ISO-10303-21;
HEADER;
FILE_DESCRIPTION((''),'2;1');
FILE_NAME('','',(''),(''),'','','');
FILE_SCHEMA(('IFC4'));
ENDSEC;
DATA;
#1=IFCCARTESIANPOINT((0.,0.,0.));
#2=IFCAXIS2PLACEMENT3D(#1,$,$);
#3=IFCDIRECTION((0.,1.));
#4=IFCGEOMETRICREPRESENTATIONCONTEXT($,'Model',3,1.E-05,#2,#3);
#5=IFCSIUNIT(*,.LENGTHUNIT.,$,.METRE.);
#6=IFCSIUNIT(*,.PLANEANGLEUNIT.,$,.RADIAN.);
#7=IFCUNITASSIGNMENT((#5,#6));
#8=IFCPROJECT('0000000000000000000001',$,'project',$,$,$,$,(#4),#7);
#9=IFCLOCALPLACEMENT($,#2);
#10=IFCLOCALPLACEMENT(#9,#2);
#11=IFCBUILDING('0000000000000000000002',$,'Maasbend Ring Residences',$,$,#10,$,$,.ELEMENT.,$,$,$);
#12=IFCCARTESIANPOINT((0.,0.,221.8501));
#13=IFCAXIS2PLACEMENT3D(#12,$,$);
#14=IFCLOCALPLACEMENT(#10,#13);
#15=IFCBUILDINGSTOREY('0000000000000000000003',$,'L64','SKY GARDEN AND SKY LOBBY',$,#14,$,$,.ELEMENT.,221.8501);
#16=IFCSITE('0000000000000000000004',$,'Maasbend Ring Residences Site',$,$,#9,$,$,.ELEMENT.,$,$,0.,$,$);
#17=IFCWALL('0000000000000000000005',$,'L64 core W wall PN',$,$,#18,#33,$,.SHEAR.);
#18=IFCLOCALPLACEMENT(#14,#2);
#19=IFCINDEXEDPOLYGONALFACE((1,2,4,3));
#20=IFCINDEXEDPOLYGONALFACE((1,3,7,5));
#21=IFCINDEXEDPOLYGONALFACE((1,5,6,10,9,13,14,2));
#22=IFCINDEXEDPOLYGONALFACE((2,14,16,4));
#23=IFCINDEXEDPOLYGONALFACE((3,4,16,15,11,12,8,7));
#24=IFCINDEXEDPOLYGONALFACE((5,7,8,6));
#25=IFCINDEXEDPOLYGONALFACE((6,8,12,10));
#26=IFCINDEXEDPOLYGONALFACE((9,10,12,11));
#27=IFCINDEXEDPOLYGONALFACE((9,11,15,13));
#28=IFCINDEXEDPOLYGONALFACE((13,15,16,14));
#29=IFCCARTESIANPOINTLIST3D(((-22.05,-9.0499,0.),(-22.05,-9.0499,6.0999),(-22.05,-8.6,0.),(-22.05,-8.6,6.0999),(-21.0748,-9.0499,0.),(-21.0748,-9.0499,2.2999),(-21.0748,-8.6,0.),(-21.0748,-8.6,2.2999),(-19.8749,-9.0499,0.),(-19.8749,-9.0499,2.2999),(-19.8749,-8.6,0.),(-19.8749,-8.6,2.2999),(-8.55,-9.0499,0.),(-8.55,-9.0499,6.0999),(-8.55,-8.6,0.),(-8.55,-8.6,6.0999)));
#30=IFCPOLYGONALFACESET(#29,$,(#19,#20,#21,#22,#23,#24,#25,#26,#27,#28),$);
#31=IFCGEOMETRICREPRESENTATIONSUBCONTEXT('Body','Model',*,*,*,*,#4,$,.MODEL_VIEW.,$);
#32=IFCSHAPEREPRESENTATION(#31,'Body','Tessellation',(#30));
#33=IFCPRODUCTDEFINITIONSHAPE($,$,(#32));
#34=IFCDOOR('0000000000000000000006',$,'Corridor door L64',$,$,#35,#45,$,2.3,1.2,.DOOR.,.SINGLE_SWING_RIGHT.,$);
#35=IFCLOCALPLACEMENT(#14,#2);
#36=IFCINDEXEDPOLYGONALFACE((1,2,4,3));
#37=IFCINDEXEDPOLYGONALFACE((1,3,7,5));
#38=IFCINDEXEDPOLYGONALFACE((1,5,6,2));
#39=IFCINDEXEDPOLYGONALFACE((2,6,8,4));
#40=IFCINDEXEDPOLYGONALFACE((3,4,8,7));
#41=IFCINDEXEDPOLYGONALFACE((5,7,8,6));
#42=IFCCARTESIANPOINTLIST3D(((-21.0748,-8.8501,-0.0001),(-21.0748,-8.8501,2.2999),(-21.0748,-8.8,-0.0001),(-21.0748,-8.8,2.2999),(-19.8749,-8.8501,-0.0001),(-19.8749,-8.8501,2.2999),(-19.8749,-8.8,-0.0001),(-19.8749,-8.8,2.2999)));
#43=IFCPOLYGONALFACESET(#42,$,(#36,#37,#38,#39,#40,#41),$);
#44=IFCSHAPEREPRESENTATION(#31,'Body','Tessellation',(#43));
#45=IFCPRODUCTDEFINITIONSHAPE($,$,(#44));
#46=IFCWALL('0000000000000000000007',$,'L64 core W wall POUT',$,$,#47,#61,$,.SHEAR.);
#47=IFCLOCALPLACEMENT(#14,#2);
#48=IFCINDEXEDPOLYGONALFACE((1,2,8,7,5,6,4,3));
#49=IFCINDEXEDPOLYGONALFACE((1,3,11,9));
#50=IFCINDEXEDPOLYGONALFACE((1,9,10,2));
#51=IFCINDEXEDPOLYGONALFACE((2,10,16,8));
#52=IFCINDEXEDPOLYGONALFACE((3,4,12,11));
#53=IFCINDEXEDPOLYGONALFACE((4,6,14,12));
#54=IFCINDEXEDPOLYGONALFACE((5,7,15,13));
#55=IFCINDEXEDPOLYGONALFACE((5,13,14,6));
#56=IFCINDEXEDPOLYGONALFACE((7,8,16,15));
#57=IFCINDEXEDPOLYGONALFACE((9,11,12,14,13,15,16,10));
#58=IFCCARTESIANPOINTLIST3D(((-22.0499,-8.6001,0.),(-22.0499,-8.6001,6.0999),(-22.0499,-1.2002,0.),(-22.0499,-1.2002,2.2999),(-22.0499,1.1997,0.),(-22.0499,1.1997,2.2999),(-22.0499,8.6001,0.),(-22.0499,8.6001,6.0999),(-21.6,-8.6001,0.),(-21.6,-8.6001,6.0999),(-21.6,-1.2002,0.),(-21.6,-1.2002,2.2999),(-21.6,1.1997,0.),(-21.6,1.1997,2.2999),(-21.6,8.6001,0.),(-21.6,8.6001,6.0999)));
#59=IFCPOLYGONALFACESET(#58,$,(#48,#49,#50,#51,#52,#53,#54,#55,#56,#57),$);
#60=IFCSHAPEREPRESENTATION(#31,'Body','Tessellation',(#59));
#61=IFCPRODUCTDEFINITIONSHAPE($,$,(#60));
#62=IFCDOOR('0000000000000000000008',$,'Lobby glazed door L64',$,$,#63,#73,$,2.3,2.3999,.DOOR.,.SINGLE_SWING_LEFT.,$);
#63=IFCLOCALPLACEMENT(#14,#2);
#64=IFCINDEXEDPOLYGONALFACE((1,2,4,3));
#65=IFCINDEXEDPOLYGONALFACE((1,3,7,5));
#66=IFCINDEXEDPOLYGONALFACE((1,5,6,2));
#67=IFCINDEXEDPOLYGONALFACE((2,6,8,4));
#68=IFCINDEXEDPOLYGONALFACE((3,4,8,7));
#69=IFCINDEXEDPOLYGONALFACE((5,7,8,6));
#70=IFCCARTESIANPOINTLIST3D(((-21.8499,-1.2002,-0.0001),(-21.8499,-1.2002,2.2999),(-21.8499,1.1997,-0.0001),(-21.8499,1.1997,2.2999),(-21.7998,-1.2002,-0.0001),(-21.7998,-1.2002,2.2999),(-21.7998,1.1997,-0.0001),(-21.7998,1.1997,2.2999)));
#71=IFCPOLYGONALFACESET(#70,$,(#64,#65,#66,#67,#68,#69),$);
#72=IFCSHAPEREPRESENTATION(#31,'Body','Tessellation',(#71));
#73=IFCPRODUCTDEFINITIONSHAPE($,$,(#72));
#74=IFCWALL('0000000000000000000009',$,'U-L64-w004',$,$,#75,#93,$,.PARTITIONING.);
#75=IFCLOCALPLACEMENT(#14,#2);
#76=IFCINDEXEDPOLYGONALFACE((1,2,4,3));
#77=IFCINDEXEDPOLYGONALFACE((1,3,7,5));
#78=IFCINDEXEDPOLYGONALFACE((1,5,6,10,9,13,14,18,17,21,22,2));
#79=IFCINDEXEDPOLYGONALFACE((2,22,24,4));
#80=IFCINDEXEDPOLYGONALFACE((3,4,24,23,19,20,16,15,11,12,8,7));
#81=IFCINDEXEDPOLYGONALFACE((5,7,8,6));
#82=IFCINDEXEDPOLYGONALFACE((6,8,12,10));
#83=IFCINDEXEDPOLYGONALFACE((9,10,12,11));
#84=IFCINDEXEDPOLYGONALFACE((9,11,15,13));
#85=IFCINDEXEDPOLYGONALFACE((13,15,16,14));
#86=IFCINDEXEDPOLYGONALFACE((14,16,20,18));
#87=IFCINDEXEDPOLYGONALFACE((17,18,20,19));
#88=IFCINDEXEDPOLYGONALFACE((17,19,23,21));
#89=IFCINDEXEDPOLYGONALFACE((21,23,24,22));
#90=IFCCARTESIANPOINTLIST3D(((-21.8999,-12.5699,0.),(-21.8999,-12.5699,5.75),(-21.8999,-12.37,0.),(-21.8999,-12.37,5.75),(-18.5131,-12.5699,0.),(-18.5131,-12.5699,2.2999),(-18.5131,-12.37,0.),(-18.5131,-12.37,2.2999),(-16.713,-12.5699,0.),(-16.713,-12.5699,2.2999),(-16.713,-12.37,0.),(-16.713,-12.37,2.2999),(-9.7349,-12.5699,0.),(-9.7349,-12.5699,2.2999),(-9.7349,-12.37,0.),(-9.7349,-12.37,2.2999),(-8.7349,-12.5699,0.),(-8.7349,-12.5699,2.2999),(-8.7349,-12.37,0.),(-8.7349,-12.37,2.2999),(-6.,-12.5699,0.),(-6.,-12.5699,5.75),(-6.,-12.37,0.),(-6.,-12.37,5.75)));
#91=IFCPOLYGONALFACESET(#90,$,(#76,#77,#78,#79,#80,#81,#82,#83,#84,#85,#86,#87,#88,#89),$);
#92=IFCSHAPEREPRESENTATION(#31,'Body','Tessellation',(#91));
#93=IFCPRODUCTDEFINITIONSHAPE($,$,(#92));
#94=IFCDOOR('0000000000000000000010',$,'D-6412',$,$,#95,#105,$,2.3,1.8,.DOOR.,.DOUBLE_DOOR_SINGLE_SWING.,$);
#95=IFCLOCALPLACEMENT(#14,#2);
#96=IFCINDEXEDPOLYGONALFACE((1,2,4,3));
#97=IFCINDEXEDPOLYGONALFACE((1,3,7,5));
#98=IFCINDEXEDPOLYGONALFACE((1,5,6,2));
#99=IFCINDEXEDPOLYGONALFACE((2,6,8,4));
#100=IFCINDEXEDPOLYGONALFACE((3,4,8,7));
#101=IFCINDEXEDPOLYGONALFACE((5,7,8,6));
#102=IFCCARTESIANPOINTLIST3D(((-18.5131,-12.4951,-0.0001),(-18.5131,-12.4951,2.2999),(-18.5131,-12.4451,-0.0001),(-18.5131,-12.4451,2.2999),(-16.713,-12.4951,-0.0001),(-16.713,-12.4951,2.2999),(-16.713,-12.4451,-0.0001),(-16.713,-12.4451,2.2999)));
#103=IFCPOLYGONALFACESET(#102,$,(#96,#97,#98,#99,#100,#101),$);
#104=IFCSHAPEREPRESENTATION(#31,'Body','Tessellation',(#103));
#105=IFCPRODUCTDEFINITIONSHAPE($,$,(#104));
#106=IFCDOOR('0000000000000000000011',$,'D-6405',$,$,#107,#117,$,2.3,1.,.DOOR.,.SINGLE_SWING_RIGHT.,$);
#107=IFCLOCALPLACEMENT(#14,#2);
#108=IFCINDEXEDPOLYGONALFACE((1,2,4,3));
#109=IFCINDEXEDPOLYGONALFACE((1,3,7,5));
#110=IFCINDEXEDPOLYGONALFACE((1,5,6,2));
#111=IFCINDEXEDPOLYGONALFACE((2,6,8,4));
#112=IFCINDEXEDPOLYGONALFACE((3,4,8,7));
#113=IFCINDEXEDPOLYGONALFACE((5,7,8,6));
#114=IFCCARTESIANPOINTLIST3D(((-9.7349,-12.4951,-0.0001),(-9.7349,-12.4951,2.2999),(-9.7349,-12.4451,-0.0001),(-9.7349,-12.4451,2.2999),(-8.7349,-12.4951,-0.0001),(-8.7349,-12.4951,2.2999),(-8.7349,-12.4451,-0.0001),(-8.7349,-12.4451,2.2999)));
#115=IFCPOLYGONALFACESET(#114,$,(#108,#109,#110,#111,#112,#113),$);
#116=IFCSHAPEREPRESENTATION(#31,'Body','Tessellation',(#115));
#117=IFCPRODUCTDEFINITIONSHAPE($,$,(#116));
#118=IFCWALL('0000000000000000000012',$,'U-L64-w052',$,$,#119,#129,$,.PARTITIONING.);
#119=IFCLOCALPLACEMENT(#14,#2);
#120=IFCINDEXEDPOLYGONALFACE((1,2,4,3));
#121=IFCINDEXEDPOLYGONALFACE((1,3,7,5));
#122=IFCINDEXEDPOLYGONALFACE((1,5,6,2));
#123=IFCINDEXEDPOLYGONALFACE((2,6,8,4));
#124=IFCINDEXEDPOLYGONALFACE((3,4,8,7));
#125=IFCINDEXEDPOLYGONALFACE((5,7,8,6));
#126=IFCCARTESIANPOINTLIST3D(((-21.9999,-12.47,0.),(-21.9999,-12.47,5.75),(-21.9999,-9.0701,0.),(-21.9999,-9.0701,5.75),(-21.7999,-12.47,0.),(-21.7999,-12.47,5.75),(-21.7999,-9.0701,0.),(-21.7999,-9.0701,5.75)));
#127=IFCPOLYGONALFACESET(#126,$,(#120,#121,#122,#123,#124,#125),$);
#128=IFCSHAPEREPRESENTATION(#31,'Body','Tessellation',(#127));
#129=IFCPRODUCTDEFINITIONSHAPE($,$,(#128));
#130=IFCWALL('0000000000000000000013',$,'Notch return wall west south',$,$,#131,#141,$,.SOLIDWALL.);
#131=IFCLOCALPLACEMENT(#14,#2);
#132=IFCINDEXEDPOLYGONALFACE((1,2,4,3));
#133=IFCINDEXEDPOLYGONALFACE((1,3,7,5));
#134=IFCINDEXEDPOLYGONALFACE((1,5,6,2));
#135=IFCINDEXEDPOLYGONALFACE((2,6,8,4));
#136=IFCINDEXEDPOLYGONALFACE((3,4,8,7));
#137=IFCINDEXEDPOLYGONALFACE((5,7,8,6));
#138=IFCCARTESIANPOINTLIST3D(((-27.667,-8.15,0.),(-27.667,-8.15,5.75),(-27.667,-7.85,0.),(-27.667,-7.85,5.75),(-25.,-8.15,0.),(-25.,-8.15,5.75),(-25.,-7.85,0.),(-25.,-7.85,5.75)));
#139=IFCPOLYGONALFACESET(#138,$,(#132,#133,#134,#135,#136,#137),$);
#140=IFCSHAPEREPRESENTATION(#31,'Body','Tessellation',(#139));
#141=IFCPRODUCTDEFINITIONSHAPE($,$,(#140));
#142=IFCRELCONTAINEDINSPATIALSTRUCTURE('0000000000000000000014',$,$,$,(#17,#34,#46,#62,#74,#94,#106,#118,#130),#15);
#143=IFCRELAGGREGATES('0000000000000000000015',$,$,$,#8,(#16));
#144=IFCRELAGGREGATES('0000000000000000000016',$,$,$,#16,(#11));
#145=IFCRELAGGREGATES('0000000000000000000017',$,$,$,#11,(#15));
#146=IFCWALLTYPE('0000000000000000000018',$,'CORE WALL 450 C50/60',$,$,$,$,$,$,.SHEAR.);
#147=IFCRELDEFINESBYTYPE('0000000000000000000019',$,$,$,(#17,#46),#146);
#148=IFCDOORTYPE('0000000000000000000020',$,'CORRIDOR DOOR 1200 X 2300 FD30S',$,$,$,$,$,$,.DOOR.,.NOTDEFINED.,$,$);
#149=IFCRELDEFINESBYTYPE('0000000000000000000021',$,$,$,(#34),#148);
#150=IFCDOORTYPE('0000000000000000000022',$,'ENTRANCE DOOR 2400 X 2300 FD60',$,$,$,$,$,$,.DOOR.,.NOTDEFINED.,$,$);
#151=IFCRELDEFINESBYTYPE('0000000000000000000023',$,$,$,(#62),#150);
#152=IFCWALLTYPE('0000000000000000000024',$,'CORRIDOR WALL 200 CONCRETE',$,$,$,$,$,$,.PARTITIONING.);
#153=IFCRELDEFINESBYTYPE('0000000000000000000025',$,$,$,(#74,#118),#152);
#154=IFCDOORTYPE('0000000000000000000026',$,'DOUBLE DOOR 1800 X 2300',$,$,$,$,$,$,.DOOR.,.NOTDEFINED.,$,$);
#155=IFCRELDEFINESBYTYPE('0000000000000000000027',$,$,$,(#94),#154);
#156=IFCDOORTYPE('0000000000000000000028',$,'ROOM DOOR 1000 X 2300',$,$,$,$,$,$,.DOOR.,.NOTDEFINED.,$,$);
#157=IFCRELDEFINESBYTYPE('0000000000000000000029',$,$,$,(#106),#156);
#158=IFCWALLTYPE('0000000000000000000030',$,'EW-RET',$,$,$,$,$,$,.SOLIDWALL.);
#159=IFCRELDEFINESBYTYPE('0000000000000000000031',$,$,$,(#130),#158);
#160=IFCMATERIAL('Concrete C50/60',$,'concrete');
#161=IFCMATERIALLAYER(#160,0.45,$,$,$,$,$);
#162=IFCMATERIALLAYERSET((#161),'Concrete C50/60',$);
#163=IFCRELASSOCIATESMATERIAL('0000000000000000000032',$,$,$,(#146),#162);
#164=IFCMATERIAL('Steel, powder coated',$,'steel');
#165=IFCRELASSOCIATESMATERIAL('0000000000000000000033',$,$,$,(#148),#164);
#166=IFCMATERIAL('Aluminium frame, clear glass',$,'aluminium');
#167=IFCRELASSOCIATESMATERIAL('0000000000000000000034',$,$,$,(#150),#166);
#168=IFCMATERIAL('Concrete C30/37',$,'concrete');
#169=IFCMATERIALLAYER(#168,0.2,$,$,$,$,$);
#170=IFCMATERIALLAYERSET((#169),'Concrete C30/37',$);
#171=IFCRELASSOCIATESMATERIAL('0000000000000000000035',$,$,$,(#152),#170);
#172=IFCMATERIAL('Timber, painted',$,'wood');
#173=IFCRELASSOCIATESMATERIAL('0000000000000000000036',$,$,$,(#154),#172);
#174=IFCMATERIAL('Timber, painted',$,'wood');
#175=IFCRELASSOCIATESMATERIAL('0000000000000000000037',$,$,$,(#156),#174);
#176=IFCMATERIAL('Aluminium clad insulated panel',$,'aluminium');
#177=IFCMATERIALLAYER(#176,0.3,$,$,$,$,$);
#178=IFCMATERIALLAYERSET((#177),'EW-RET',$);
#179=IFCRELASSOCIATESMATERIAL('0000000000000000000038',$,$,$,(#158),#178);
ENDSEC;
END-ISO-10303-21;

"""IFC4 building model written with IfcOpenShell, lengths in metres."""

from ifc_helpers import new_model, si_unit, direction, frame, frame_2d, origin, place, context, subcontext, project, spatial, rectangle, extrude, material, layer, layer_set, type_object, element, fill, save


model = new_model("IFC4")

# Units and contexts
model_context = context("Model", 3, precision=1e-05, world=origin(), true_north=direction((0.0, 1.0)))
body_context = subcontext(model_context, "Body", "Model", "MODEL_VIEW")
ifc_project = project(units=[si_unit("LENGTHUNIT", "METRE"), si_unit("PLANEANGLEUNIT", "RADIAN")], contexts=[model_context])

# Site, building, storey
site_placement = place(None, origin())
site = spatial("IfcSite", under=ifc_project, at=site_placement, Name="Maasbend Ring Residences Site", CompositionType="ELEMENT", RefElevation=0.0)
building_placement = place(site_placement, origin())
building = spatial("IfcBuilding", under=site, at=building_placement, Name="Maasbend Ring Residences", CompositionType="ELEMENT")
storey_placement = place(building_placement, frame((0.0, 0.0, 221.8501)))
storey = spatial("IfcBuildingStorey", under=building, at=storey_placement, Name="L64", Description="SKY GARDEN AND SKY LOBBY", CompositionType="ELEMENT", Elevation=221.8501)

# Walls, openings, doors
ifc_material_1 = material(Name="Concrete C50/60", Category="concrete")
ifc_layer_1 = layer(ifc_material_1, 0.45)
ifc_layer_set_1 = layer_set([ifc_layer_1], Name="Concrete C50/60")
wall_type_1 = type_object("IfcWallType", Name="CORE WALL 450 C50/60", PredefinedType="SHEAR", material=ifc_layer_set_1)
wall_1_placement = place(storey_placement, frame((-22.05, -8.825, 0.0), z_axis=(0.0, 0.0, 1.0), x_axis=(1.0, 0.0, 0.0)))
wall_1 = element("IfcWall", 1, at=wall_1_placement, inside=storey, type_object=wall_type_1, Name="L64 core W wall PN", PredefinedType="SHEAR", context=body_context, shape_type="SweptSolid", body=[
    extrude(rectangle(XDim=13.5, YDim=0.45, at=frame_2d((6.75, 0.0))), origin(), (0.0, 0.0, 1.0), 6.0999),
])
opening_1_placement = place(wall_1_placement, frame((0.9751, 0.0, 0.0)))
opening_1 = element("IfcOpeningElement", 2, at=opening_1_placement, cuts=wall_1, PredefinedType="OPENING", context=body_context, shape_type="SweptSolid", body=[
    extrude(rectangle(XDim=1.2, YDim=2.3, at=frame_2d((0.6001, 1.1499))), frame((0.0, 0.2349, 0.0), z_axis=(0.0, -1.0, 0.0), x_axis=(1.0, 0.0, 0.0)), (0.0, 0.0, 1.0), 0.47),
])
ifc_material_2 = material(Name="Steel, powder coated", Category="steel")
door_type_1 = type_object("IfcDoorType", Name="CORRIDOR DOOR 1200 X 2300 FD30S", OperationType="NOTDEFINED", PredefinedType="DOOR", material=ifc_material_2)
door_1_placement = place(opening_1_placement, origin())
door_1 = element("IfcDoor", 3, at=door_1_placement, inside=storey, type_object=door_type_1, Name="Corridor door L64", OperationType="SINGLE_SWING_RIGHT", OverallHeight=2.3, OverallWidth=1.2, PredefinedType="DOOR", context=body_context, shape_type="SweptSolid", body=[
    extrude(rectangle(XDim=1.2, YDim=2.3, at=frame_2d((0.6001, 1.1499))), frame((0.0, 0.0249, 0.0), z_axis=(0.0, -1.0, 0.0), x_axis=(1.0, 0.0, 0.0)), (0.0, 0.0, 1.0), 0.05),
])
fill(opening_1, door_1)
wall_2_placement = place(storey_placement, frame((-21.825, -8.6001, 0.0), z_axis=(0.0, 0.0, 1.0), x_axis=(0.0, 1.0, 0.0)))
wall_2 = element("IfcWall", 4, at=wall_2_placement, inside=storey, type_object=wall_type_1, Name="L64 core W wall POUT", PredefinedType="SHEAR", context=body_context, shape_type="SweptSolid", body=[
    extrude(rectangle(XDim=17.2002, YDim=0.45, at=frame_2d((8.6001, 0.0))), origin(), (0.0, 0.0, 1.0), 6.0999),
])
opening_2_placement = place(wall_2_placement, frame((7.3999, 0.0, 0.0)))
opening_2 = element("IfcOpeningElement", 5, at=opening_2_placement, cuts=wall_2, PredefinedType="OPENING", context=body_context, shape_type="SweptSolid", body=[
    extrude(rectangle(XDim=2.3999, YDim=2.3, at=frame_2d((1.2, 1.1499))), frame((0.0, 0.2349, 0.0), z_axis=(0.0, -1.0, 0.0), x_axis=(1.0, 0.0, 0.0)), (0.0, 0.0, 1.0), 0.47),
])
ifc_material_3 = material(Name="Aluminium frame, clear glass", Category="aluminium")
door_type_2 = type_object("IfcDoorType", Name="ENTRANCE DOOR 2400 X 2300 FD60", OperationType="NOTDEFINED", PredefinedType="DOOR", material=ifc_material_3)
door_2_placement = place(opening_2_placement, origin())
door_2 = element("IfcDoor", 6, at=door_2_placement, inside=storey, type_object=door_type_2, Name="Lobby glazed door L64", OperationType="SINGLE_SWING_LEFT", OverallHeight=2.3, OverallWidth=2.3999, PredefinedType="DOOR", context=body_context, shape_type="SweptSolid", body=[
    extrude(rectangle(XDim=2.3999, YDim=2.3, at=frame_2d((1.2, 1.1499))), frame((0.0, 0.0249, 0.0), z_axis=(0.0, -1.0, 0.0), x_axis=(1.0, 0.0, 0.0)), (0.0, 0.0, 1.0), 0.05),
])
fill(opening_2, door_2)

# Wall, openings, doors
ifc_material_4 = material(Name="Concrete C30/37", Category="concrete")
ifc_layer_2 = layer(ifc_material_4, 0.2)
ifc_layer_set_2 = layer_set([ifc_layer_2], Name="Concrete C30/37")
wall_type_2 = type_object("IfcWallType", Name="CORRIDOR WALL 200 CONCRETE", PredefinedType="PARTITIONING", material=ifc_layer_set_2)
wall_3_placement = place(storey_placement, frame((-21.8999, -12.47, 0.0), z_axis=(0.0, 0.0, 1.0), x_axis=(1.0, 0.0, 0.0)))
wall_3 = element("IfcWall", 7, at=wall_3_placement, inside=storey, type_object=wall_type_2, Name="U-L64-w004", PredefinedType="PARTITIONING", context=body_context, shape_type="SweptSolid", body=[
    extrude(rectangle(XDim=15.8999, YDim=0.2, at=frame_2d((7.95, 0.0))), origin(), (0.0, 0.0, 1.0), 5.75),
])
opening_3_placement = place(wall_3_placement, frame((12.165, 0.0, 0.0)))
opening_3 = element("IfcOpeningElement", 8, at=opening_3_placement, cuts=wall_3, PredefinedType="OPENING", context=body_context, shape_type="SweptSolid", body=[
    extrude(rectangle(XDim=1.0, YDim=2.3, at=frame_2d((0.5, 1.1499))), frame((0.0, 0.1099, 0.0), z_axis=(0.0, -1.0, 0.0), x_axis=(1.0, 0.0, 0.0)), (0.0, 0.0, 1.0), 0.22),
])
opening_4_placement = place(wall_3_placement, frame((3.387, 0.0, 0.0)))
opening_4 = element("IfcOpeningElement", 9, at=opening_4_placement, cuts=wall_3, PredefinedType="OPENING", context=body_context, shape_type="SweptSolid", body=[
    extrude(rectangle(XDim=1.8, YDim=2.3, at=frame_2d((0.8999, 1.1499))), frame((0.0, 0.1099, 0.0), z_axis=(0.0, -1.0, 0.0), x_axis=(1.0, 0.0, 0.0)), (0.0, 0.0, 1.0), 0.22),
])
ifc_material_5 = material(Name="Timber, painted", Category="wood")
door_type_3 = type_object("IfcDoorType", Name="DOUBLE DOOR 1800 X 2300", OperationType="NOTDEFINED", PredefinedType="DOOR", material=ifc_material_5)
door_3_placement = place(opening_4_placement, origin())
door_3 = element("IfcDoor", 10, at=door_3_placement, inside=storey, type_object=door_type_3, Name="D-6412", OperationType="DOUBLE_DOOR_SINGLE_SWING", OverallHeight=2.3, OverallWidth=1.8, PredefinedType="DOOR", context=body_context, shape_type="SweptSolid", body=[
    extrude(rectangle(XDim=1.8, YDim=2.3, at=frame_2d((0.8999, 1.1499))), frame((0.0, 0.0249, 0.0), z_axis=(0.0, -1.0, 0.0), x_axis=(1.0, 0.0, 0.0)), (0.0, 0.0, 1.0), 0.05),
])
fill(opening_4, door_3)
ifc_material_6 = material(Name="Timber, painted", Category="wood")
door_type_4 = type_object("IfcDoorType", Name="ROOM DOOR 1000 X 2300", OperationType="NOTDEFINED", PredefinedType="DOOR", material=ifc_material_6)
door_4_placement = place(opening_3_placement, origin())
door_4 = element("IfcDoor", 11, at=door_4_placement, inside=storey, type_object=door_type_4, Name="D-6405", OperationType="SINGLE_SWING_RIGHT", OverallHeight=2.3, OverallWidth=1.0, PredefinedType="DOOR", context=body_context, shape_type="SweptSolid", body=[
    extrude(rectangle(XDim=1.0, YDim=2.3, at=frame_2d((0.5, 1.1499))), frame((0.0, 0.0249, 0.0), z_axis=(0.0, -1.0, 0.0), x_axis=(1.0, 0.0, 0.0)), (0.0, 0.0, 1.0), 0.05),
])
fill(opening_3, door_4)

# Walls
wall_4_placement = place(storey_placement, frame((-21.8999, -12.47, 0.0), z_axis=(0.0, 0.0, 1.0), x_axis=(0.0, 1.0, 0.0)))
element("IfcWall", 12, at=wall_4_placement, inside=storey, type_object=wall_type_2, Name="U-L64-w052", PredefinedType="PARTITIONING", context=body_context, shape_type="SweptSolid", body=[
    extrude(rectangle(XDim=3.3999, YDim=0.2, at=frame_2d((1.7, 0.0))), origin(), (0.0, 0.0, 1.0), 5.75),
])
ifc_material_7 = material(Name="Aluminium clad insulated panel", Category="aluminium")
ifc_layer_3 = layer(ifc_material_7, 0.3)
ifc_layer_set_3 = layer_set([ifc_layer_3], Name="EW-RET")
wall_type_3 = type_object("IfcWallType", Name="EW-RET", PredefinedType="SOLIDWALL", material=ifc_layer_set_3)
wall_5_placement = place(storey_placement, frame((-25.0, -8.0, 0.0), z_axis=(0.0, 0.0, 1.0), x_axis=(-1.0, 0.0, 0.0)))
element("IfcWall", 13, at=wall_5_placement, inside=storey, type_object=wall_type_3, Name="Notch return wall west south", PredefinedType="SOLIDWALL", context=body_context, shape_type="SweptSolid", body=[
    extrude(rectangle(XDim=2.667, YDim=0.3, at=frame_2d((1.3335, 0.0))), origin(), (0.0, 0.0, 1.0), 5.75),
])

save(model, "model.ifc")
